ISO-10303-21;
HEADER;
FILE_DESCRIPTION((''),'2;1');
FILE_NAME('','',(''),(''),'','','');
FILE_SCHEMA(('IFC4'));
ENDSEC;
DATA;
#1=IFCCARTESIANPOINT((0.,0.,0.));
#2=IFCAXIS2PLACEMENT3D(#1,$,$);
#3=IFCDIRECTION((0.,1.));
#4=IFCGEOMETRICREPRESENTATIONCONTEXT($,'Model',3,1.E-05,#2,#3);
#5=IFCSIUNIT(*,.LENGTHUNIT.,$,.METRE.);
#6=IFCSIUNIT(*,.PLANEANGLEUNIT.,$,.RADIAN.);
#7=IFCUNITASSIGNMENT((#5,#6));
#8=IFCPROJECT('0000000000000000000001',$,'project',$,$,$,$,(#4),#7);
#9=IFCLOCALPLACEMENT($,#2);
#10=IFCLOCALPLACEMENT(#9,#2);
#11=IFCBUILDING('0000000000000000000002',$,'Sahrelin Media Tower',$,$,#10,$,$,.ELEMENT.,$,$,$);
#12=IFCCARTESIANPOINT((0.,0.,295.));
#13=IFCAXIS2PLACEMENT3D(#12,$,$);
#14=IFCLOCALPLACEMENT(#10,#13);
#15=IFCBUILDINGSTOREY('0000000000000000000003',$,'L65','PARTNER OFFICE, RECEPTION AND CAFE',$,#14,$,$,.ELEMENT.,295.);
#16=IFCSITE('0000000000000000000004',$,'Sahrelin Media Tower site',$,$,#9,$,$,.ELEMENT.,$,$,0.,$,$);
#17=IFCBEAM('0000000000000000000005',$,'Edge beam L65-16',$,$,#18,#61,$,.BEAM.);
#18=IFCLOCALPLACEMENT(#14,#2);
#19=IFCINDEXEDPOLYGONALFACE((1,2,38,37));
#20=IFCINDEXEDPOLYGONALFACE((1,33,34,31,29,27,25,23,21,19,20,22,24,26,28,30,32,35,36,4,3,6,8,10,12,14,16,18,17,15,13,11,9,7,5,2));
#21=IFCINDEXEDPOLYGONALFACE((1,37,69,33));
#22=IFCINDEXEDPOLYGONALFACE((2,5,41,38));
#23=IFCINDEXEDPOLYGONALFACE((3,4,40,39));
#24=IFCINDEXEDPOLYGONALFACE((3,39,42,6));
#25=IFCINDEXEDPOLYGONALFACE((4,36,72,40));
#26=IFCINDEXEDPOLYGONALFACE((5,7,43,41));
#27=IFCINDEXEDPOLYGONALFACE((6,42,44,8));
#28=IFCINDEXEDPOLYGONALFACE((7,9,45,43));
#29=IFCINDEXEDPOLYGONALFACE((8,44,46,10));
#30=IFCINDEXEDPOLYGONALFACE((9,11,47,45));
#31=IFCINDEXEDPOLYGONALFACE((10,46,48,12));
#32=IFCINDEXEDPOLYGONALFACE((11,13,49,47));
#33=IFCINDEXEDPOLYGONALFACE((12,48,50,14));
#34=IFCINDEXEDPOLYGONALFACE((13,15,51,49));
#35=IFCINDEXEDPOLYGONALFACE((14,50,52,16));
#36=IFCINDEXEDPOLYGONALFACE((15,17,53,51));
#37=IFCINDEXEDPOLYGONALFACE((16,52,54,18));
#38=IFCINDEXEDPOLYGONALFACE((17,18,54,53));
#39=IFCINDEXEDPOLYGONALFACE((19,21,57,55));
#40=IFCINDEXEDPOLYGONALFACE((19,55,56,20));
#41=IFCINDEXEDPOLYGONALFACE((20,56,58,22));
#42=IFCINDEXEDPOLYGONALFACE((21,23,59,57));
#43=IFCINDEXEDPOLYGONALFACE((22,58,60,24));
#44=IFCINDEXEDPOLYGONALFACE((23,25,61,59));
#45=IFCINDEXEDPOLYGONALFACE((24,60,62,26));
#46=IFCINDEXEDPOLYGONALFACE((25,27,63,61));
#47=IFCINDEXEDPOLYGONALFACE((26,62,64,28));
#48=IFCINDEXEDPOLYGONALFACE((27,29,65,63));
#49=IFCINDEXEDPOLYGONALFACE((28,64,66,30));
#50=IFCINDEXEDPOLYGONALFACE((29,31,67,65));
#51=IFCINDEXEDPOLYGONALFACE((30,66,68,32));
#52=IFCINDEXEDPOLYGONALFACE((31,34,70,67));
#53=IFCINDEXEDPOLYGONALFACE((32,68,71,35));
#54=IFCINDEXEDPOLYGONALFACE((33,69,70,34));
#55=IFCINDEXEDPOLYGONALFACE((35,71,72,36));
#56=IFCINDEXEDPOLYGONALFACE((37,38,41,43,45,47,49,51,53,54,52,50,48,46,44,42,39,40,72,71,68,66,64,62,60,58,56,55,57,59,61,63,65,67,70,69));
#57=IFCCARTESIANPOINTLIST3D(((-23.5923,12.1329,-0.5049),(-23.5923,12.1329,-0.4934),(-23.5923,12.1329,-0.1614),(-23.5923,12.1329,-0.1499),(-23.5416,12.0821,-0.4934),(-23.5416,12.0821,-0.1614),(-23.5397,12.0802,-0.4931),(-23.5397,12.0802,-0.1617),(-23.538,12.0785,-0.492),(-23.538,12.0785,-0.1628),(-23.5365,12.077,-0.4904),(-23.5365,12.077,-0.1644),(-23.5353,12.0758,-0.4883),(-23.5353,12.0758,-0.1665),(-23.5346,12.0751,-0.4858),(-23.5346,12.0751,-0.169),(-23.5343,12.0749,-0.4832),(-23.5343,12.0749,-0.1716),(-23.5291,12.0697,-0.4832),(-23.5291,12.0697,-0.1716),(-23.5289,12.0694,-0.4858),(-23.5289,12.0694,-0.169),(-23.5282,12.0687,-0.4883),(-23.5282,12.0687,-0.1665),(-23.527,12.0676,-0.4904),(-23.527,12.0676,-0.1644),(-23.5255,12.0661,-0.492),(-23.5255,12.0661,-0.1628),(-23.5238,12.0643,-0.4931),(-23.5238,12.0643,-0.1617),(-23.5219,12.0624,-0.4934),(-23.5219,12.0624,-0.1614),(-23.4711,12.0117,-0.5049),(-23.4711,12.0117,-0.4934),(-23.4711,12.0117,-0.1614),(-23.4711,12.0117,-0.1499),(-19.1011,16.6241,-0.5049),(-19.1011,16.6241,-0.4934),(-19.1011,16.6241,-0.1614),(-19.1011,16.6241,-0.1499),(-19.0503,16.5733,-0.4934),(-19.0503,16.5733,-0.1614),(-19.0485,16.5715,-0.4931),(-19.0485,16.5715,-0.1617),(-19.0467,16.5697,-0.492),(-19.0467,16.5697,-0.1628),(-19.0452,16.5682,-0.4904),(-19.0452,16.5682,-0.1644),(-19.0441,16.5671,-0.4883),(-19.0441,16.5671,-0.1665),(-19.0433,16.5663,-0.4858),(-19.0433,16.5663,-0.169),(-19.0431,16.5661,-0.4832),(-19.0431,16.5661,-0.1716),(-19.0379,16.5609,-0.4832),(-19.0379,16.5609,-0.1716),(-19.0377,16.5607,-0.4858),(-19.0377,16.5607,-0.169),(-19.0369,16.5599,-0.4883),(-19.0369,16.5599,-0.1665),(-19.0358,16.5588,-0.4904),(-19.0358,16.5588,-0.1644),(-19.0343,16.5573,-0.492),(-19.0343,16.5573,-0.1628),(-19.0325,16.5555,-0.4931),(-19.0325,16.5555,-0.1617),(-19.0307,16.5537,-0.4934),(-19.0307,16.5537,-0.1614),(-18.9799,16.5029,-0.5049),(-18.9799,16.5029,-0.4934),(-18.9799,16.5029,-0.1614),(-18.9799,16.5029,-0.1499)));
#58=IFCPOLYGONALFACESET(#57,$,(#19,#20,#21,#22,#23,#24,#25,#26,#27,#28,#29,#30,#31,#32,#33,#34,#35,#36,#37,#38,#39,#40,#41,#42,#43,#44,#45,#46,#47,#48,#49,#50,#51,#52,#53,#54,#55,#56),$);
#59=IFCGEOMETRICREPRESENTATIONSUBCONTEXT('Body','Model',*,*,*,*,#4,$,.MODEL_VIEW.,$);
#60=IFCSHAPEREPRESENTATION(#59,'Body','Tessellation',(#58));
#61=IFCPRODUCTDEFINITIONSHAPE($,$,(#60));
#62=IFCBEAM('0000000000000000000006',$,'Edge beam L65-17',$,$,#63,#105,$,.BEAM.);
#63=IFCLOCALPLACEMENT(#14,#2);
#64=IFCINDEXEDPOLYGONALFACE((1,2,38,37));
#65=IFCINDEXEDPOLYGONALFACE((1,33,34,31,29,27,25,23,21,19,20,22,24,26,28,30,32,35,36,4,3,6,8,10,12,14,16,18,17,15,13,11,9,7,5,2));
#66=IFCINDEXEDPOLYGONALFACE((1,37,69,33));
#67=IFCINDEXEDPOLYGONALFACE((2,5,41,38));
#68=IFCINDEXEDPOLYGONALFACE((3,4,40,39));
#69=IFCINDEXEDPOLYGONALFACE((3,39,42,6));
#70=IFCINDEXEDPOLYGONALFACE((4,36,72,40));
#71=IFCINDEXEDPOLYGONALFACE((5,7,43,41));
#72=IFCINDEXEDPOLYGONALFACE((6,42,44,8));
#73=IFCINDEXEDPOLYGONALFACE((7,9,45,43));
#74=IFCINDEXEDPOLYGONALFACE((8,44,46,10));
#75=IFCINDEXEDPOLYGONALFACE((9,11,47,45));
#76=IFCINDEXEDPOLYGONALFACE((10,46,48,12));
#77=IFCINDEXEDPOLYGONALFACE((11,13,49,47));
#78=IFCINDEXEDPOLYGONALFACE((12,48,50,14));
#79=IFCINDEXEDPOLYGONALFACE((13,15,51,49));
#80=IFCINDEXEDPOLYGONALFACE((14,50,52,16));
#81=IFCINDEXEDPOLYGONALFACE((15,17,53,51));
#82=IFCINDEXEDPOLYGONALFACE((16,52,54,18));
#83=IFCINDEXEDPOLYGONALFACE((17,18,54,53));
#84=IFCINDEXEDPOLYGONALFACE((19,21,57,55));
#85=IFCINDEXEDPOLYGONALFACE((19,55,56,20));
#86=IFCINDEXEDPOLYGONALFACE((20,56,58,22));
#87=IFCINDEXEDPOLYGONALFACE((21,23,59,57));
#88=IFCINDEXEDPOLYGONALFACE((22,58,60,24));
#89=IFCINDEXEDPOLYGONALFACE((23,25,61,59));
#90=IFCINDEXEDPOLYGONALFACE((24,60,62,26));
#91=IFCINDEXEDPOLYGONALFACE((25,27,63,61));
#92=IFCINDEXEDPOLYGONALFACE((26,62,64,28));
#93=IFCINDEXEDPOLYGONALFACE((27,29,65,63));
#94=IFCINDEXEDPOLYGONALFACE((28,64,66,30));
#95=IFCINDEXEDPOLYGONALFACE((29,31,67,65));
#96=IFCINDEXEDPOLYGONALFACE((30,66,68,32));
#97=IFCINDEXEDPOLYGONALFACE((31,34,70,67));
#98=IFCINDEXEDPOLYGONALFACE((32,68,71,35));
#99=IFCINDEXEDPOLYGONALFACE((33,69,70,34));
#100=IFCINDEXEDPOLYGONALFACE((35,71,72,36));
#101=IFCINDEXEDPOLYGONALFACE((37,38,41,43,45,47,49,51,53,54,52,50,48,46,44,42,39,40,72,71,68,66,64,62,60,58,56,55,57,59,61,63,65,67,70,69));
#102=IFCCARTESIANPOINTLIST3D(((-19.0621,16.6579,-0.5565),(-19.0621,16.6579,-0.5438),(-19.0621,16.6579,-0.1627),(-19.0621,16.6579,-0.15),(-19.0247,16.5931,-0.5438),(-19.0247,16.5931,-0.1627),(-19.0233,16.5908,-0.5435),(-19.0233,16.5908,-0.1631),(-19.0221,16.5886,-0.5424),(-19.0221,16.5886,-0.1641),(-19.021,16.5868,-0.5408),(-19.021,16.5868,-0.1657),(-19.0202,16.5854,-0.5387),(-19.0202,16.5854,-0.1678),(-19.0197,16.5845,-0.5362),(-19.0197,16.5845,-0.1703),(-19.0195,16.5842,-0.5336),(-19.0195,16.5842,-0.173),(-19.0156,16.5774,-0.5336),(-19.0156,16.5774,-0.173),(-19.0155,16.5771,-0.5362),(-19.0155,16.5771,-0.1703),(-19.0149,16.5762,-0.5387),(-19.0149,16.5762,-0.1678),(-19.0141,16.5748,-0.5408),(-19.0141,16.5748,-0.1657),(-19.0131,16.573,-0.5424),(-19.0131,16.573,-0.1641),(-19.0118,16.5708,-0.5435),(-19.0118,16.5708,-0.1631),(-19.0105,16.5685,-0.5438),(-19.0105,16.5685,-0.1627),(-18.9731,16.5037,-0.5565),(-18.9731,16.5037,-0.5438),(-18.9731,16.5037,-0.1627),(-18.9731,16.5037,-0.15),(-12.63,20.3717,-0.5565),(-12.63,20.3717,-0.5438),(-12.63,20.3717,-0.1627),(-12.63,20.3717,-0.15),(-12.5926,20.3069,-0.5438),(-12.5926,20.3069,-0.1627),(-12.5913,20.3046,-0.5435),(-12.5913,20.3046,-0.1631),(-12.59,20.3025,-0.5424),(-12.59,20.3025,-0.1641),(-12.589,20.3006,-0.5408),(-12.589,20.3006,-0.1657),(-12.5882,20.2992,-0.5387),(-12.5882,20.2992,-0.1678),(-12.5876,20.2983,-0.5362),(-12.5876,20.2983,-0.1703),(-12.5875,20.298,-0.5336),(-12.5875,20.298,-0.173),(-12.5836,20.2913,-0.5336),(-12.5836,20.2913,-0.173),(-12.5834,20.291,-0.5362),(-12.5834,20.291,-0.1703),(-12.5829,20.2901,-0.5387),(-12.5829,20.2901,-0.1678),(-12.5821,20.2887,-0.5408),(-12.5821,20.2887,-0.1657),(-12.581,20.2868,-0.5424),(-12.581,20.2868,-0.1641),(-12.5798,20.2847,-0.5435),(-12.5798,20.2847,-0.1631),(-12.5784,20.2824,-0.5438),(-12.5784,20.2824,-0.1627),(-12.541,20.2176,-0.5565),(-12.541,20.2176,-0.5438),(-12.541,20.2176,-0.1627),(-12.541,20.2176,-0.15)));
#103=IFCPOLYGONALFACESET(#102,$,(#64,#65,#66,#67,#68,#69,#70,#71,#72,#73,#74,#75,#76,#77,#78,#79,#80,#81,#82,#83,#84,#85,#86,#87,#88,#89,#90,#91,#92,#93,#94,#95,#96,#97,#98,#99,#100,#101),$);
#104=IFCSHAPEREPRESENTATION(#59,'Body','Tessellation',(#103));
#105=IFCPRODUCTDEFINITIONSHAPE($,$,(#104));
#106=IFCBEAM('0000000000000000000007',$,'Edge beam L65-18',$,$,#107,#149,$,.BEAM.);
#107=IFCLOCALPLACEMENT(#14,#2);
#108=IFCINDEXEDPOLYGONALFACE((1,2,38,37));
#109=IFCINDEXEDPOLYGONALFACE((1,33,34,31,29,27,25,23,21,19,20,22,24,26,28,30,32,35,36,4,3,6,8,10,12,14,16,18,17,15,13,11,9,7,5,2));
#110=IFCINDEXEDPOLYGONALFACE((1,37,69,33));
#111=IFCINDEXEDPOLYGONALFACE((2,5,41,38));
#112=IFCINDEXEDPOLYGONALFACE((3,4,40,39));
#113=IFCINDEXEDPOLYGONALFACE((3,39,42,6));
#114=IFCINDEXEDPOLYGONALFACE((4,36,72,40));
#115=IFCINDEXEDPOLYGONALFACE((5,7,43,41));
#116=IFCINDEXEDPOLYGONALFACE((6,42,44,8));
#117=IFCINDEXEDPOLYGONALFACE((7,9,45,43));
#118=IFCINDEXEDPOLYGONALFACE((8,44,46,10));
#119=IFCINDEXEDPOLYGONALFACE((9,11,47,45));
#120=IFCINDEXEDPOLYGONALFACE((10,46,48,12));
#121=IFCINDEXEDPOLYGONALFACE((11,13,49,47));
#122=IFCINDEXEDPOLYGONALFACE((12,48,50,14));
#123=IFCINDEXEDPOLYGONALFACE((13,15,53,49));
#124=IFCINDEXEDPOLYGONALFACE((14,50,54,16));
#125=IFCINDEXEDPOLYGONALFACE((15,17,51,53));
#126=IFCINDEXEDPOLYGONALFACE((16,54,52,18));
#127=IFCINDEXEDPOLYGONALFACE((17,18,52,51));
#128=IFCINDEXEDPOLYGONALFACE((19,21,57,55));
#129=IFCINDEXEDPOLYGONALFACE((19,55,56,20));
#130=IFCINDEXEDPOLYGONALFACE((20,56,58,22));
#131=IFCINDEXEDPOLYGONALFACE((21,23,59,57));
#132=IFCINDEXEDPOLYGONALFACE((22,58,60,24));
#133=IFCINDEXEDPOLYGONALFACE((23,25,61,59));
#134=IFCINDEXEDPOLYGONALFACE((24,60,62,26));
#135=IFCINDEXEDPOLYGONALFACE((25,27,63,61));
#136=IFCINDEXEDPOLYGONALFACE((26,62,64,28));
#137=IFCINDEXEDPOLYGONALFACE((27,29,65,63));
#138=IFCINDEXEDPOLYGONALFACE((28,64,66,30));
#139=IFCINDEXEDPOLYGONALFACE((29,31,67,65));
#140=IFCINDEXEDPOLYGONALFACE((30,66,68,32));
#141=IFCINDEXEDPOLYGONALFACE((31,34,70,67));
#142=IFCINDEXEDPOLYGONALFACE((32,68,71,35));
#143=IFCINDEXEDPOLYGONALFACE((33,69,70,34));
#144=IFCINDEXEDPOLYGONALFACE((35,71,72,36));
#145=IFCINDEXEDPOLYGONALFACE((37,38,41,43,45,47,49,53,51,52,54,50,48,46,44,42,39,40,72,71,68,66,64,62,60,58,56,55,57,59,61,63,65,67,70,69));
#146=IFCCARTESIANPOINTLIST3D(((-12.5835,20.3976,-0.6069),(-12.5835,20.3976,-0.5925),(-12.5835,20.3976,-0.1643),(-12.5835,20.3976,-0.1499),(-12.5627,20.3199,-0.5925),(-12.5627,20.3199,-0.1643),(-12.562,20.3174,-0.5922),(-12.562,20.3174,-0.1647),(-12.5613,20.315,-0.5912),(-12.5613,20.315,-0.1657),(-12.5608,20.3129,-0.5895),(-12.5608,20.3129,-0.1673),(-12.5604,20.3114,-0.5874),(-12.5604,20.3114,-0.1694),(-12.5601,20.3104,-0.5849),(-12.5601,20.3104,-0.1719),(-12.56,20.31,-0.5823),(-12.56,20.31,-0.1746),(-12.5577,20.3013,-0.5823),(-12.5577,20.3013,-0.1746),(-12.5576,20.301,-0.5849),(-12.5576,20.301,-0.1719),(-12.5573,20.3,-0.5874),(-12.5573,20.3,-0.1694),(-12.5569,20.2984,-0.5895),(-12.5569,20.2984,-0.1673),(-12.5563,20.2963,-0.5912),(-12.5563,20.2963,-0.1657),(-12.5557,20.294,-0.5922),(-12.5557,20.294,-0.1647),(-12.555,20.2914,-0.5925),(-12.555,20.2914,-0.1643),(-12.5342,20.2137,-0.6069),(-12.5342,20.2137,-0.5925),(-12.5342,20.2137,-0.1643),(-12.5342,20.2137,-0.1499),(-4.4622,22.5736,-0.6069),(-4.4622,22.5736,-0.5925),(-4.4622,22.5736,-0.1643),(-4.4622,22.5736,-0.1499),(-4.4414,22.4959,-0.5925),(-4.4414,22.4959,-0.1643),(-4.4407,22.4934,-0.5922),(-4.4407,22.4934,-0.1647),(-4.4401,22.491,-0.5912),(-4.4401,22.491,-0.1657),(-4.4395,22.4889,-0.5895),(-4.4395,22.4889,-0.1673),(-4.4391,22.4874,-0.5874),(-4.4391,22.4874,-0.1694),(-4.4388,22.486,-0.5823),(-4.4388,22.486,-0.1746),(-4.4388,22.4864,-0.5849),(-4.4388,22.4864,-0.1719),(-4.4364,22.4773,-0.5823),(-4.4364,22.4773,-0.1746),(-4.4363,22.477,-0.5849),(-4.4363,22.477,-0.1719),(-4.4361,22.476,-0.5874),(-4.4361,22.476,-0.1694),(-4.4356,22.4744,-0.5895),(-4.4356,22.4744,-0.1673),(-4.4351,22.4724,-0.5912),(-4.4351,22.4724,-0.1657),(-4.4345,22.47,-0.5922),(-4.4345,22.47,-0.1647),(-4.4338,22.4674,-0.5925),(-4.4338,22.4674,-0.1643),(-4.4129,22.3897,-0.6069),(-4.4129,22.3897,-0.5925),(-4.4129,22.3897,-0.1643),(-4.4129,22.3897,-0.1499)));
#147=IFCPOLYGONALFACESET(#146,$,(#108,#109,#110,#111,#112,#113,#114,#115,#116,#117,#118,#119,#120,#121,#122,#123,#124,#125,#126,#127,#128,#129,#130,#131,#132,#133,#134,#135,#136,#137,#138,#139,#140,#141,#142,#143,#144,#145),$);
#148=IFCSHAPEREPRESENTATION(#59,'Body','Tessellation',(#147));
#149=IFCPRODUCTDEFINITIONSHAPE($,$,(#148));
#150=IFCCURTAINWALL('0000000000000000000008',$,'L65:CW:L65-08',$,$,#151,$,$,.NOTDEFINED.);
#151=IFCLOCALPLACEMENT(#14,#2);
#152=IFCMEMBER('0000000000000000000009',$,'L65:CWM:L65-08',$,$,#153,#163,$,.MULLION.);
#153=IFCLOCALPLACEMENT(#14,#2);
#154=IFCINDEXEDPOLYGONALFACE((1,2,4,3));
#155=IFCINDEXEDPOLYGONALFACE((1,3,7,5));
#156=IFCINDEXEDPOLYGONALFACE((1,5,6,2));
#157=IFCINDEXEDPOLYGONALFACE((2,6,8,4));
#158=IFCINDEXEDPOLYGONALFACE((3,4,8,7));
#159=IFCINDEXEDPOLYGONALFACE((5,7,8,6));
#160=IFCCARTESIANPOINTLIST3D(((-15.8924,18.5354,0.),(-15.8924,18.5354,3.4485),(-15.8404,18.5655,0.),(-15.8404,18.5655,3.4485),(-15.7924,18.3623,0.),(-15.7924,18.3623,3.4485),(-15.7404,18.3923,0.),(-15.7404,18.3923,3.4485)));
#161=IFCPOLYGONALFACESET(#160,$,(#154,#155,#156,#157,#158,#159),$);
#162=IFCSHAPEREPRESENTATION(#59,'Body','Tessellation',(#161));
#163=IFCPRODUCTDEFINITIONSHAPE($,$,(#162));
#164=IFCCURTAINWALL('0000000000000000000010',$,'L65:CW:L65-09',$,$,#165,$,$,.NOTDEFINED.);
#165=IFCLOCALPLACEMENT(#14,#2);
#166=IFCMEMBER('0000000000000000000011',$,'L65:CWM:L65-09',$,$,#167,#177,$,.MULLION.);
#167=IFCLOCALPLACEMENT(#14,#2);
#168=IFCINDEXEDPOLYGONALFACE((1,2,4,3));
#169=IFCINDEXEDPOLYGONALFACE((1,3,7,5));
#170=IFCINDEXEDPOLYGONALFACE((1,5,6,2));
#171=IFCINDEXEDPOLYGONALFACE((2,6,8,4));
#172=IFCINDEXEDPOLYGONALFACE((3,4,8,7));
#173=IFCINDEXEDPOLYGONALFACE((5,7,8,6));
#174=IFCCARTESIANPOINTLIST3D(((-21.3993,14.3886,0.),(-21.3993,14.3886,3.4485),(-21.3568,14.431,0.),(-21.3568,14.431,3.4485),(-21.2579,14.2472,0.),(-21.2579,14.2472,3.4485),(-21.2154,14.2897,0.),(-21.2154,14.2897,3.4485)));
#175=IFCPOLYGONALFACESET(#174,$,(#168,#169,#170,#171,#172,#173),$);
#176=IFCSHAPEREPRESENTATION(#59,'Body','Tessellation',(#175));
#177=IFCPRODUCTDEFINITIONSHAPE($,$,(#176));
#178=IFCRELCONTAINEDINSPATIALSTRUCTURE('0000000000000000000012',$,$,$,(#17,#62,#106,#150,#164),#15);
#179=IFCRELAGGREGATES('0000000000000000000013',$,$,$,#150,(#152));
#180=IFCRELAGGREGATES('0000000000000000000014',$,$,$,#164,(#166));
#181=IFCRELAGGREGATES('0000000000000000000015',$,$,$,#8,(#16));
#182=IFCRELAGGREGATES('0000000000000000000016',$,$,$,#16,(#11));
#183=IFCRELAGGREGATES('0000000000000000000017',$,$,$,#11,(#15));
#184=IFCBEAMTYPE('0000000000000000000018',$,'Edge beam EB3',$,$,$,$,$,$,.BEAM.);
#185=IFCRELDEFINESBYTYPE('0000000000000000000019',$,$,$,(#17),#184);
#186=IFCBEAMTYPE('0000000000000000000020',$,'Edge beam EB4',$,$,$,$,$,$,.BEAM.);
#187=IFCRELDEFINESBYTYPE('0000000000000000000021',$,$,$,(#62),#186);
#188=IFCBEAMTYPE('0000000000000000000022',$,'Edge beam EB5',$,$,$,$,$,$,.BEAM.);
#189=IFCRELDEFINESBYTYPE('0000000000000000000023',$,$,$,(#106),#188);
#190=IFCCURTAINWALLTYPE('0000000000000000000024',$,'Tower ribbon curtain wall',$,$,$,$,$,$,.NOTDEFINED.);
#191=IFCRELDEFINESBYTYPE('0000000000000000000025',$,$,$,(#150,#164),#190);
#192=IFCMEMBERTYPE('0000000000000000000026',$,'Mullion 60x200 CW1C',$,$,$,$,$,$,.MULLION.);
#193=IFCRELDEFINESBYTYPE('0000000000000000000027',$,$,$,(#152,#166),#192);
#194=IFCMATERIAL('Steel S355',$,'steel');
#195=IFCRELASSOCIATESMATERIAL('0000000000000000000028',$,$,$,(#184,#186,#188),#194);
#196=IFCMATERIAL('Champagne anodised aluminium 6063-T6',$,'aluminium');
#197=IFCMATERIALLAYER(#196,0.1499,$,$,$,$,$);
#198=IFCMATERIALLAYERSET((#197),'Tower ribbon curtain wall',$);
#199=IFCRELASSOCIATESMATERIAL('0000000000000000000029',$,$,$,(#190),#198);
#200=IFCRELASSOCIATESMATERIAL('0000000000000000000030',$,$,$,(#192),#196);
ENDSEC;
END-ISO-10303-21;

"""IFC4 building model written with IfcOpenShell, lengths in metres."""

from ifc_helpers import new_model, si_unit, direction, frame, origin, origin_2d, place, context, subcontext, project, spatial, rectangle, i_section, extrude, material, layer, layer_set, material_profile, profile_set, type_object, element, aggregate, save


model = new_model("IFC4")

# Units and contexts
model_context = context("Model", 3, precision=1e-05, world=origin(), true_north=direction((0.0, 1.0)))
body_context = subcontext(model_context, "Body", "Model", "MODEL_VIEW")
ifc_project = project(units=[si_unit("LENGTHUNIT", "METRE"), si_unit("PLANEANGLEUNIT", "RADIAN")], contexts=[model_context])

# Site, building, storey
site_placement = place(None, origin())
site = spatial("IfcSite", under=ifc_project, at=site_placement, Name="Sahrelin Media Tower site", CompositionType="ELEMENT", RefElevation=0.0)
building_placement = place(site_placement, origin())
building = spatial("IfcBuilding", under=site, at=building_placement, Name="Sahrelin Media Tower", CompositionType="ELEMENT")
storey_placement = place(building_placement, frame((0.0, 0.0, 295.0)))
storey = spatial("IfcBuildingStorey", under=building, at=storey_placement, Name="L65", Description="PARTNER OFFICE, RECEPTION AND CAFE", CompositionType="ELEMENT", Elevation=295.0)

# Beams
ifc_material_1 = material(Name="Steel S355", Category="steel")
ifc_material_profile_1 = material_profile(ifc_material_1, i_section(OverallWidth=0.1714, OverallDepth=0.355, WebThickness=0.0073, FlangeThickness=0.0115, FilletRadius=0.0103, at=origin_2d()), Name="UB 356x171x51")
ifc_profile_set_1 = profile_set([ifc_material_profile_1], Name="Steel S355")
beam_type_1 = type_object("IfcBeamType", Name="Edge beam EB3", PredefinedType="BEAM", material=ifc_profile_set_1)
beam_1_placement = place(storey_placement, frame((-23.5317, 12.0723, -0.3274), z_axis=(0.707107, 0.707107, 0.0), x_axis=(-0.707107, 0.707107, 0.0)))
element("IfcBeam", 1, at=beam_1_placement, inside=storey, type_object=beam_type_1, Name="Edge beam L65-16", PredefinedType="BEAM", context=body_context, shape_type="SweptSolid", body=[
    extrude(i_section(OverallWidth=0.1714, OverallDepth=0.355, WebThickness=0.0073, FlangeThickness=0.0115, FilletRadius=0.0103, at=origin_2d()), origin(), (0.0, 0.0, 1.0), 6.3516),
])
ifc_material_profile_2 = material_profile(ifc_material_1, i_section(OverallWidth=0.178, OverallDepth=0.4065, WebThickness=0.0078, FlangeThickness=0.0127, FilletRadius=0.0103, at=origin_2d()), Name="UB 406x178x60")
ifc_profile_set_2 = profile_set([ifc_material_profile_2], Name="Steel S355")
beam_type_2 = type_object("IfcBeamType", Name="Edge beam EB4", PredefinedType="BEAM", material=ifc_profile_set_2)
beam_2_placement = place(storey_placement, frame((-19.0176, 16.5808, -0.3533), z_axis=(0.866009, 0.500028, 0.0), x_axis=(-0.500028, 0.866009, 0.0)))
element("IfcBeam", 2, at=beam_2_placement, inside=storey, type_object=beam_type_2, Name="Edge beam L65-17", PredefinedType="BEAM", context=body_context, shape_type="SweptSolid", body=[
    extrude(i_section(OverallWidth=0.178, OverallDepth=0.4065, WebThickness=0.0078, FlangeThickness=0.0127, FilletRadius=0.0103, at=origin_2d()), origin(), (0.0, 0.0, 1.0), 7.4272),
])
ifc_material_profile_3 = material_profile(ifc_material_1, i_section(OverallWidth=0.1904, OverallDepth=0.457, WebThickness=0.009, FlangeThickness=0.0144, FilletRadius=0.0103, at=origin_2d()), Name="UB 457x191x74")
ifc_profile_set_3 = profile_set([ifc_material_profile_3], Name="Steel S355")
beam_type_3 = type_object("IfcBeamType", Name="Edge beam EB5", PredefinedType="BEAM", material=ifc_profile_set_3)
beam_3_placement = place(storey_placement, frame((-12.5588, 20.3057, -0.3784), z_axis=(0.965928, 0.25881, 0.0), x_axis=(-0.25881, 0.965928, 0.0)))
element("IfcBeam", 3, at=beam_3_placement, inside=storey, type_object=beam_type_3, Name="Edge beam L65-18", PredefinedType="BEAM", context=body_context, shape_type="SweptSolid", body=[
    extrude(i_section(OverallWidth=0.1904, OverallDepth=0.457, WebThickness=0.009, FlangeThickness=0.0144, FilletRadius=0.0103, at=origin_2d()), origin(), (0.0, 0.0, 1.0), 8.4077),
])

# Curtain walls, members
ifc_material_2 = material(Name="Champagne anodised aluminium 6063-T6", Category="aluminium")
ifc_layer_1 = layer(ifc_material_2, 0.1499)
ifc_layer_set_1 = layer_set([ifc_layer_1], Name="Tower ribbon curtain wall")
curtain_wall_type = type_object("IfcCurtainWallType", Name="Tower ribbon curtain wall", PredefinedType="NOTDEFINED", material=ifc_layer_set_1)
curtain_wall_1_placement = place(storey_placement, frame((-15.8767, 18.5676, 0.0), z_axis=(0.0, 0.0, 1.0), x_axis=(1.0, 0.0, 0.0)))
curtain_wall_1 = element("IfcCurtainWall", 4, at=curtain_wall_1_placement, inside=storey, type_object=curtain_wall_type, Name="L65:CW:L65-08", PredefinedType="NOTDEFINED")
ifc_material_profile_4 = material_profile(ifc_material_2, rectangle(XDim=0.0601, YDim=0.2, at=origin_2d()), Name="Mullion 60x200")
ifc_profile_set_4 = profile_set([ifc_material_profile_4], Name="Champagne anodised aluminium 6063-T6")
member_type_1 = type_object("IfcMemberType", Name="Mullion 60x200 CW1C", PredefinedType="MULLION", material=ifc_profile_set_4)
member_1_placement = place(storey_placement, frame((-15.8164, 18.4639, 0.0), z_axis=(0.0, 0.0, 1.0), x_axis=(-0.866025, -0.500002, 0.0)))
member_1 = element("IfcMember", 5, at=member_1_placement, type_object=member_type_1, Name="L65:CWM:L65-08", PredefinedType="MULLION", context=body_context, shape_type="SweptSolid", body=[
    extrude(rectangle(XDim=0.0601, YDim=0.2, at=origin_2d()), origin(), (0.0, 0.0, 1.0), 3.4485),
])
curtain_wall_2_placement = place(storey_placement, frame((-21.3921, 14.4238, 0.0), z_axis=(0.0, 0.0, 1.0), x_axis=(1.0, 0.0, 0.0)))
curtain_wall_2 = element("IfcCurtainWall", 6, at=curtain_wall_2_placement, inside=storey, type_object=curtain_wall_type, Name="L65:CW:L65-09", PredefinedType="NOTDEFINED")
member_2_placement = place(storey_placement, frame((-21.3074, 14.3391, 0.0), z_axis=(0.0, 0.0, 1.0), x_axis=(-0.707107, -0.707107, 0.0)))
member_2 = element("IfcMember", 7, at=member_2_placement, type_object=member_type_1, Name="L65:CWM:L65-09", PredefinedType="MULLION", context=body_context, shape_type="SweptSolid", body=[
    extrude(rectangle(XDim=0.0601, YDim=0.2, at=origin_2d()), origin(), (0.0, 0.0, 1.0), 3.4485),
])

aggregate(curtain_wall_1, [member_1])
aggregate(curtain_wall_2, [member_2])

save(model, "model.ifc")
